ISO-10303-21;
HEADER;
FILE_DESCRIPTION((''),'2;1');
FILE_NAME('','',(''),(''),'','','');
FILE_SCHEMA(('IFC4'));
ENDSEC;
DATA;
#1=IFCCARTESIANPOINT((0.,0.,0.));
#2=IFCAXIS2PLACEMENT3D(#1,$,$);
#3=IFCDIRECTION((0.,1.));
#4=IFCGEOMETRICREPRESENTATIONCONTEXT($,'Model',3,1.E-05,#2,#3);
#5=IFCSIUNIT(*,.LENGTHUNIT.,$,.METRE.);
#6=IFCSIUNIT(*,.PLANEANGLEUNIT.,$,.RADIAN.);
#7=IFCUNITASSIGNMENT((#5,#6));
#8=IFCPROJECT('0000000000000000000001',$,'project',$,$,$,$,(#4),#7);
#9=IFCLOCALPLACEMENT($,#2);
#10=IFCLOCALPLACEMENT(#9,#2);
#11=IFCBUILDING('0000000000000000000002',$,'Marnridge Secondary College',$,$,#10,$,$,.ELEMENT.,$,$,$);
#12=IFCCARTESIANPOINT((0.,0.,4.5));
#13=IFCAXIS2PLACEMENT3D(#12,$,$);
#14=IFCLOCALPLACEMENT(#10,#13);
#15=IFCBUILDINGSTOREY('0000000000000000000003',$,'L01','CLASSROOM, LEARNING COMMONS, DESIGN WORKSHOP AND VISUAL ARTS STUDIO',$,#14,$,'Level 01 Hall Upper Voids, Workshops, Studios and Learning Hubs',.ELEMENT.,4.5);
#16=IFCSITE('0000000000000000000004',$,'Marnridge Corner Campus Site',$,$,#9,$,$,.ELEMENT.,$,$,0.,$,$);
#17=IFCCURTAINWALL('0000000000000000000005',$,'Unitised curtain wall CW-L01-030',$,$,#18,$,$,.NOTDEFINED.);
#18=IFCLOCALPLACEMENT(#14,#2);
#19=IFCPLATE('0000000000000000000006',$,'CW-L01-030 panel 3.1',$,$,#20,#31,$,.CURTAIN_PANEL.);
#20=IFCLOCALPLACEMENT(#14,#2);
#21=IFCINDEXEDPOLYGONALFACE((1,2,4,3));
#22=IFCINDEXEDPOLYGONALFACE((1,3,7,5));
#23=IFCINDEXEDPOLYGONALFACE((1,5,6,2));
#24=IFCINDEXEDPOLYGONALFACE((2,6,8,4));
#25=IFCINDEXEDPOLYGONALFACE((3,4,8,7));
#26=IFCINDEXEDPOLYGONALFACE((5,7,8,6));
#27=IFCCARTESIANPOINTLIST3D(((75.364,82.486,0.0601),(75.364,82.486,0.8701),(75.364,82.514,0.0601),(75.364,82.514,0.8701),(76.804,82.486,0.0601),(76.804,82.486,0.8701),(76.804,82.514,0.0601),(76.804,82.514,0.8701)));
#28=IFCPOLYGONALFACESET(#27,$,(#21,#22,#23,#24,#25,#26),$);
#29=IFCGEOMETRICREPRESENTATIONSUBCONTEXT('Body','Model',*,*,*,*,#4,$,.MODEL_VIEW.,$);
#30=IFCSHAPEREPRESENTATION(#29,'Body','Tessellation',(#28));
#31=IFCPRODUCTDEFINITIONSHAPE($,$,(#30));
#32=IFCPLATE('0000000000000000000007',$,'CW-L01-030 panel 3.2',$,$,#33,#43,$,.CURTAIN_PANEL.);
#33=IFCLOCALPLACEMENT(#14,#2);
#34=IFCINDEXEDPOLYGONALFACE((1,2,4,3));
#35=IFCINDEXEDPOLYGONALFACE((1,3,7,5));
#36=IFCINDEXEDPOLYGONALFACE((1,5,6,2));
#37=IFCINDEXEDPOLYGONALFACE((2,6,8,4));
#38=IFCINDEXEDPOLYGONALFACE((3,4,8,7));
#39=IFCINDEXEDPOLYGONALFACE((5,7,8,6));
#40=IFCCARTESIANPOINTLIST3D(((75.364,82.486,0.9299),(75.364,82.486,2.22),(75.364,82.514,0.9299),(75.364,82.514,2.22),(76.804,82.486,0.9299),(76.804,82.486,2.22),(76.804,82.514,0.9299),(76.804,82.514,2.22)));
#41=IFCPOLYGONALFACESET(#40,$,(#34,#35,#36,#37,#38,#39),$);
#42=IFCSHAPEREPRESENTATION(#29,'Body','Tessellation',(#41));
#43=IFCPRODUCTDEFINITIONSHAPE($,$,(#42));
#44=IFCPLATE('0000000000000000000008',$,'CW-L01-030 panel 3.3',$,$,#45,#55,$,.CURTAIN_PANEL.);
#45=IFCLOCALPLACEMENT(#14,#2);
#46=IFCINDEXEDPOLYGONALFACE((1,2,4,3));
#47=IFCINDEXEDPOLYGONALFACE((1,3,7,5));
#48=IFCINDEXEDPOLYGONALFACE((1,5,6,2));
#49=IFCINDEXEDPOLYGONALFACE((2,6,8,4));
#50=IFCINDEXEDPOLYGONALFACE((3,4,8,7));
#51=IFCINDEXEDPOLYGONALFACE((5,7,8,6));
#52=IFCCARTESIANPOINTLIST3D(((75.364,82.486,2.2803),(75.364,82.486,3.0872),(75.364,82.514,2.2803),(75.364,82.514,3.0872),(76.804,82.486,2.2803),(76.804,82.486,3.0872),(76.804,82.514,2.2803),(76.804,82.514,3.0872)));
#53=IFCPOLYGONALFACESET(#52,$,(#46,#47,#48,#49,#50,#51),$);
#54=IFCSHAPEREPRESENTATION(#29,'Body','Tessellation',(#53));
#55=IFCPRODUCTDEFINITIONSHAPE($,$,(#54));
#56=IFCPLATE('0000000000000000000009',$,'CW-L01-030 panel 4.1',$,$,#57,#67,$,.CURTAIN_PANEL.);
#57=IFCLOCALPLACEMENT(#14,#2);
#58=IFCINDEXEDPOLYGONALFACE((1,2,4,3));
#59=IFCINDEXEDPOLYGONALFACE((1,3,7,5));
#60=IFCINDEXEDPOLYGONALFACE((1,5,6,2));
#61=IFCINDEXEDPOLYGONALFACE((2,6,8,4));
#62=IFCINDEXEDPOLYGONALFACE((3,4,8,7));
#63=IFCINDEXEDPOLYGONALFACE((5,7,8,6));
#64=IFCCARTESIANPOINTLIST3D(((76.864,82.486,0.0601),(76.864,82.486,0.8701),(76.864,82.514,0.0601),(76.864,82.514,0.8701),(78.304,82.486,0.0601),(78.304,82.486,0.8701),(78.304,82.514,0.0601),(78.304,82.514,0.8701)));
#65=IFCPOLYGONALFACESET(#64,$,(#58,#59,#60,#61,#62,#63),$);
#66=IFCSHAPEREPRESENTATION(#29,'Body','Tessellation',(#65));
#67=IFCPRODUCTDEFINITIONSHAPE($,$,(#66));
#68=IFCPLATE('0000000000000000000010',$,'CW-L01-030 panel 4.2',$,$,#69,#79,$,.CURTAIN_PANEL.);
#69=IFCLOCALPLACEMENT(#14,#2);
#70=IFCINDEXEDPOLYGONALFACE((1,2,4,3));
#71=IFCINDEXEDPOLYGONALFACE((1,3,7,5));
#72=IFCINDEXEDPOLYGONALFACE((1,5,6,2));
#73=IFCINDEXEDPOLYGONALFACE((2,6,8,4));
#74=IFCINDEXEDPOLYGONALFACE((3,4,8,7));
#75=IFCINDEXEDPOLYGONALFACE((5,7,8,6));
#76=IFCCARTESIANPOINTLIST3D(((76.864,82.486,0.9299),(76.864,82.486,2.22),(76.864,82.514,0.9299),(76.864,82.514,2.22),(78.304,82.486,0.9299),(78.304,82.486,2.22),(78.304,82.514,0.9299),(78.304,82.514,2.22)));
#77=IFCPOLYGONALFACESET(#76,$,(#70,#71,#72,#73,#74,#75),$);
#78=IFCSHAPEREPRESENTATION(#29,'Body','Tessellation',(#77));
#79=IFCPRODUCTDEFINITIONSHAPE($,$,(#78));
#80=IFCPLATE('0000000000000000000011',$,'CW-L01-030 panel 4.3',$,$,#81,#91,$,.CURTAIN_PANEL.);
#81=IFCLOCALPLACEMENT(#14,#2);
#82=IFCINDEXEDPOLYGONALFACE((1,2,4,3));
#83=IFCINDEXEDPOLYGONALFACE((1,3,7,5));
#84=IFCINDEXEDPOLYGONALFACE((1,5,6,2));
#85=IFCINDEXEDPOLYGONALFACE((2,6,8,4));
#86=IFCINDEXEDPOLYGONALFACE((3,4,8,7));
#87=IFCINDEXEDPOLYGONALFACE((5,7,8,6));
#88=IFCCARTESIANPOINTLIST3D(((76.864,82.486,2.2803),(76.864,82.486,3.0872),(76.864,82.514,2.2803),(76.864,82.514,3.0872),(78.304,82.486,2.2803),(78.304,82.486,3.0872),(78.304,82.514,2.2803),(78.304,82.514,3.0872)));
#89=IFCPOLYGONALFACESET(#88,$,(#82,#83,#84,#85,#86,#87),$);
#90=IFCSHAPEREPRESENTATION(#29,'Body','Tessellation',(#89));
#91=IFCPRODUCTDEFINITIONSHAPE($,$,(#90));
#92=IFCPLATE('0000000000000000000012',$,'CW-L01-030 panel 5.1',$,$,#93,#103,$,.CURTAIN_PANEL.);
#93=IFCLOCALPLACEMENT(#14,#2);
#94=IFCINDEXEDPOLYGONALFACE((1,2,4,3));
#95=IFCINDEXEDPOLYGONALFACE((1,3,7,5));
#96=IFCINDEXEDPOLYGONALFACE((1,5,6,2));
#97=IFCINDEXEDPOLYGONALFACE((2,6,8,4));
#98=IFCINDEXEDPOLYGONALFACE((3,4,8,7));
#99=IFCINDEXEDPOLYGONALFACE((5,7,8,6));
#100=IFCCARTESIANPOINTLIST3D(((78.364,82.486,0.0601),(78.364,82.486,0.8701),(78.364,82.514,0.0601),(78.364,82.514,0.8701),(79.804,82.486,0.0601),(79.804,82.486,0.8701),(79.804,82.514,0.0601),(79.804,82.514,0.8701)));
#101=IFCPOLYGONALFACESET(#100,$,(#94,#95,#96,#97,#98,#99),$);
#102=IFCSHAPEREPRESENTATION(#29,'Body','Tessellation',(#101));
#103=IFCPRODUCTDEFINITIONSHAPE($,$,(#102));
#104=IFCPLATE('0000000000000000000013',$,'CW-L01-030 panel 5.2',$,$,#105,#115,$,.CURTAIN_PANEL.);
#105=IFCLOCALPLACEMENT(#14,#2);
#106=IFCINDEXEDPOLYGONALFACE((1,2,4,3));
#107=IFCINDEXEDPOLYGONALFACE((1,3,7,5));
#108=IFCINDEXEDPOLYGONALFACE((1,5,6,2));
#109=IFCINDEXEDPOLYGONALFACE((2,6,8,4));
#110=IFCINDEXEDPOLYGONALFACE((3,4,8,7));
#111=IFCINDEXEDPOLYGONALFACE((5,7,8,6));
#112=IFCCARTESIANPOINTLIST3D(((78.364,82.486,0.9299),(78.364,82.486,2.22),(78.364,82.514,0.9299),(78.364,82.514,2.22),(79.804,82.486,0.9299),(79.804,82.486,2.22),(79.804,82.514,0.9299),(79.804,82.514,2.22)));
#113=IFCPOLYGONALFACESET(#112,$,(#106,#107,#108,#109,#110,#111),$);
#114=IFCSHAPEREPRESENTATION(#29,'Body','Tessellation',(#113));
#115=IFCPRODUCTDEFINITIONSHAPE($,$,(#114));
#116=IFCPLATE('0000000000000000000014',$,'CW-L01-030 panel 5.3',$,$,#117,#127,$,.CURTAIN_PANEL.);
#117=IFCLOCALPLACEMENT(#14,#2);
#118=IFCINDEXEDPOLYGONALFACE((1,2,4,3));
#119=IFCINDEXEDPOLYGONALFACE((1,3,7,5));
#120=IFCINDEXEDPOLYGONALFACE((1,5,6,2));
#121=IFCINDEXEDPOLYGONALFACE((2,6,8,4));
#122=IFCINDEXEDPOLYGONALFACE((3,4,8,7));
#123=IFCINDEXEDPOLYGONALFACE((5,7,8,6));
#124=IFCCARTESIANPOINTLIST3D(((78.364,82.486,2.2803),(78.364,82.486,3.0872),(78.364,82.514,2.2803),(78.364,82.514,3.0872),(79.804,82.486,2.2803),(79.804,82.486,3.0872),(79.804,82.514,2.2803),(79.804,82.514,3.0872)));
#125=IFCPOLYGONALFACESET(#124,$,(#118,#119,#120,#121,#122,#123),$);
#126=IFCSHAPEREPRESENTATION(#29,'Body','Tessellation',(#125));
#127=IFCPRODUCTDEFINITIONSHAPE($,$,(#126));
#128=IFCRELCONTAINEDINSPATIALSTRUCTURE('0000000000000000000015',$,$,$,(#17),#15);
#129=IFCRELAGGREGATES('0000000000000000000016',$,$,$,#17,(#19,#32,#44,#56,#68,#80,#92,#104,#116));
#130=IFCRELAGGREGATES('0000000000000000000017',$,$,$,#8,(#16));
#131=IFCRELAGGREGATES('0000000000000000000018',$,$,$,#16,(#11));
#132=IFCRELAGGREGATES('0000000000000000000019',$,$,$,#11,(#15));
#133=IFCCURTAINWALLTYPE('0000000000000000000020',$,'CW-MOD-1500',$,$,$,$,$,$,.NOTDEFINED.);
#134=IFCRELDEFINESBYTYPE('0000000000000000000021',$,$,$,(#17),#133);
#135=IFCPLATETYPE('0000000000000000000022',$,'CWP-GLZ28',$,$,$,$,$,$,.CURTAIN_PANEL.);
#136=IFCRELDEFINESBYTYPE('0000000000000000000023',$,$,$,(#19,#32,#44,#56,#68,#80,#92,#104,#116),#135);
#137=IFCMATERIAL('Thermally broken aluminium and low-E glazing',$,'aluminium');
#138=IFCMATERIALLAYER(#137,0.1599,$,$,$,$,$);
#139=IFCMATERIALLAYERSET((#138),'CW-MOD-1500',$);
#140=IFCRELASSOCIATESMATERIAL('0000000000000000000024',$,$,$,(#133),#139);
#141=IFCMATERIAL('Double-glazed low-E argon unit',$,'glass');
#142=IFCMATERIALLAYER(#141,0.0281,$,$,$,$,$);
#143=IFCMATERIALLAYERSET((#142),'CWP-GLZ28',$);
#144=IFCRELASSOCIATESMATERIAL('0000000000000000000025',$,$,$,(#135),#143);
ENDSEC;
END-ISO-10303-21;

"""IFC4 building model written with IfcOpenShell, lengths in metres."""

from ifc_helpers import new_model, si_unit, direction, frame, origin, origin_2d, place, context, subcontext, project, spatial, rectangle, extrude, material, layer, layer_set, type_object, element, aggregate, save


model = new_model("IFC4")

# Units and contexts
model_context = context("Model", 3, precision=1e-05, world=origin(), true_north=direction((0.0, 1.0)))
body_context = subcontext(model_context, "Body", "Model", "MODEL_VIEW")
ifc_project = project(units=[si_unit("LENGTHUNIT", "METRE"), si_unit("PLANEANGLEUNIT", "RADIAN")], contexts=[model_context])

# Site, building, storey
site_placement = place(None, origin())
site = spatial("IfcSite", under=ifc_project, at=site_placement, Name="Marnridge Corner Campus Site", CompositionType="ELEMENT", RefElevation=0.0)
building_placement = place(site_placement, origin())
building = spatial("IfcBuilding", under=site, at=building_placement, Name="Marnridge Secondary College", CompositionType="ELEMENT")
storey_placement = place(building_placement, frame((0.0, 0.0, 4.5)))
storey = spatial("IfcBuildingStorey", under=building, at=storey_placement, Name="L01", Description="CLASSROOM, LEARNING COMMONS, DESIGN WORKSHOP AND VISUAL ARTS STUDIO", LongName="Level 01 Hall Upper Voids, Workshops, Studios and Learning Hubs", CompositionType="ELEMENT", Elevation=4.5)

# Curtain wall, plates
ifc_material_1 = material(Name="Thermally broken aluminium and low-E glazing", Category="aluminium")
ifc_layer_1 = layer(ifc_material_1, 0.1599)
ifc_layer_set_1 = layer_set([ifc_layer_1], Name="CW-MOD-1500")
curtain_wall_type = type_object("IfcCurtainWallType", Name="CW-MOD-1500", PredefinedType="NOTDEFINED", material=ifc_layer_set_1)
curtain_wall_placement = place(storey_placement, origin())
curtain_wall = element("IfcCurtainWall", 1, at=curtain_wall_placement, inside=storey, type_object=curtain_wall_type, Name="Unitised curtain wall CW-L01-030", PredefinedType="NOTDEFINED")
ifc_material_2 = material(Name="Double-glazed low-E argon unit", Category="glass")
ifc_layer_2 = layer(ifc_material_2, 0.0281)
ifc_layer_set_2 = layer_set([ifc_layer_2], Name="CWP-GLZ28")
plate_type = type_object("IfcPlateType", Name="CWP-GLZ28", PredefinedType="CURTAIN_PANEL", material=ifc_layer_set_2)
plate_1_placement = place(storey_placement, frame((76.084, 82.5, 0.0601), z_axis=(0.0, 0.0, 1.0), x_axis=(1.0, 0.0, 0.0)))
plate_1 = element("IfcPlate", 2, at=plate_1_placement, type_object=plate_type, Name="CW-L01-030 panel 3.1", PredefinedType="CURTAIN_PANEL", context=body_context, shape_type="SweptSolid", body=[
    extrude(rectangle(XDim=1.4399, YDim=0.0281, at=origin_2d()), origin(), (0.0, 0.0, 1.0), 0.8101),
])
plate_2_placement = place(storey_placement, frame((76.084, 82.5, 0.9299), z_axis=(0.0, 0.0, 1.0), x_axis=(1.0, 0.0, 0.0)))
plate_2 = element("IfcPlate", 3, at=plate_2_placement, type_object=plate_type, Name="CW-L01-030 panel 3.2", PredefinedType="CURTAIN_PANEL", context=body_context, shape_type="SweptSolid", body=[
    extrude(rectangle(XDim=1.4399, YDim=0.0281, at=origin_2d()), origin(), (0.0, 0.0, 1.0), 1.29),
])
plate_3_placement = place(storey_placement, frame((76.084, 82.5, 2.2803), z_axis=(0.0, 0.0, 1.0), x_axis=(1.0, 0.0, 0.0)))
plate_3 = element("IfcPlate", 4, at=plate_3_placement, type_object=plate_type, Name="CW-L01-030 panel 3.3", PredefinedType="CURTAIN_PANEL", context=body_context, shape_type="SweptSolid", body=[
    extrude(rectangle(XDim=1.4399, YDim=0.0281, at=origin_2d()), origin(), (0.0, 0.0, 1.0), 0.8069),
])
plate_4_placement = place(storey_placement, frame((77.584, 82.5, 0.0601), z_axis=(0.0, 0.0, 1.0), x_axis=(1.0, 0.0, 0.0)))
plate_4 = element("IfcPlate", 5, at=plate_4_placement, type_object=plate_type, Name="CW-L01-030 panel 4.1", PredefinedType="CURTAIN_PANEL", context=body_context, shape_type="SweptSolid", body=[
    extrude(rectangle(XDim=1.4399, YDim=0.0281, at=origin_2d()), origin(), (0.0, 0.0, 1.0), 0.8101),
])
plate_5_placement = place(storey_placement, frame((77.584, 82.5, 0.9299), z_axis=(0.0, 0.0, 1.0), x_axis=(1.0, 0.0, 0.0)))
plate_5 = element("IfcPlate", 6, at=plate_5_placement, type_object=plate_type, Name="CW-L01-030 panel 4.2", PredefinedType="CURTAIN_PANEL", context=body_context, shape_type="SweptSolid", body=[
    extrude(rectangle(XDim=1.4399, YDim=0.0281, at=origin_2d()), origin(), (0.0, 0.0, 1.0), 1.29),
])
plate_6_placement = place(storey_placement, frame((77.584, 82.5, 2.2803), z_axis=(0.0, 0.0, 1.0), x_axis=(1.0, 0.0, 0.0)))
plate_6 = element("IfcPlate", 7, at=plate_6_placement, type_object=plate_type, Name="CW-L01-030 panel 4.3", PredefinedType="CURTAIN_PANEL", context=body_context, shape_type="SweptSolid", body=[
    extrude(rectangle(XDim=1.4399, YDim=0.0281, at=origin_2d()), origin(), (0.0, 0.0, 1.0), 0.8069),
])
plate_7_placement = place(storey_placement, frame((79.084, 82.5, 0.0601), z_axis=(0.0, 0.0, 1.0), x_axis=(1.0, 0.0, 0.0)))
plate_7 = element("IfcPlate", 8, at=plate_7_placement, type_object=plate_type, Name="CW-L01-030 panel 5.1", PredefinedType="CURTAIN_PANEL", context=body_context, shape_type="SweptSolid", body=[
    extrude(rectangle(XDim=1.4399, YDim=0.0281, at=origin_2d()), origin(), (0.0, 0.0, 1.0), 0.8101),
])
plate_8_placement = place(storey_placement, frame((79.084, 82.5, 0.9299), z_axis=(0.0, 0.0, 1.0), x_axis=(1.0, 0.0, 0.0)))
plate_8 = element("IfcPlate", 9, at=plate_8_placement, type_object=plate_type, Name="CW-L01-030 panel 5.2", PredefinedType="CURTAIN_PANEL", context=body_context, shape_type="SweptSolid", body=[
    extrude(rectangle(XDim=1.4399, YDim=0.0281, at=origin_2d()), origin(), (0.0, 0.0, 1.0), 1.29),
])
plate_9_placement = place(storey_placement, frame((79.084, 82.5, 2.2803), z_axis=(0.0, 0.0, 1.0), x_axis=(1.0, 0.0, 0.0)))
plate_9 = element("IfcPlate", 10, at=plate_9_placement, type_object=plate_type, Name="CW-L01-030 panel 5.3", PredefinedType="CURTAIN_PANEL", context=body_context, shape_type="SweptSolid", body=[
    extrude(rectangle(XDim=1.4399, YDim=0.0281, at=origin_2d()), origin(), (0.0, 0.0, 1.0), 0.8069),
])
aggregate(curtain_wall, [plate_1, plate_2, plate_3, plate_4, plate_5, plate_6, plate_7, plate_8, plate_9])

save(model, "model.ifc")
